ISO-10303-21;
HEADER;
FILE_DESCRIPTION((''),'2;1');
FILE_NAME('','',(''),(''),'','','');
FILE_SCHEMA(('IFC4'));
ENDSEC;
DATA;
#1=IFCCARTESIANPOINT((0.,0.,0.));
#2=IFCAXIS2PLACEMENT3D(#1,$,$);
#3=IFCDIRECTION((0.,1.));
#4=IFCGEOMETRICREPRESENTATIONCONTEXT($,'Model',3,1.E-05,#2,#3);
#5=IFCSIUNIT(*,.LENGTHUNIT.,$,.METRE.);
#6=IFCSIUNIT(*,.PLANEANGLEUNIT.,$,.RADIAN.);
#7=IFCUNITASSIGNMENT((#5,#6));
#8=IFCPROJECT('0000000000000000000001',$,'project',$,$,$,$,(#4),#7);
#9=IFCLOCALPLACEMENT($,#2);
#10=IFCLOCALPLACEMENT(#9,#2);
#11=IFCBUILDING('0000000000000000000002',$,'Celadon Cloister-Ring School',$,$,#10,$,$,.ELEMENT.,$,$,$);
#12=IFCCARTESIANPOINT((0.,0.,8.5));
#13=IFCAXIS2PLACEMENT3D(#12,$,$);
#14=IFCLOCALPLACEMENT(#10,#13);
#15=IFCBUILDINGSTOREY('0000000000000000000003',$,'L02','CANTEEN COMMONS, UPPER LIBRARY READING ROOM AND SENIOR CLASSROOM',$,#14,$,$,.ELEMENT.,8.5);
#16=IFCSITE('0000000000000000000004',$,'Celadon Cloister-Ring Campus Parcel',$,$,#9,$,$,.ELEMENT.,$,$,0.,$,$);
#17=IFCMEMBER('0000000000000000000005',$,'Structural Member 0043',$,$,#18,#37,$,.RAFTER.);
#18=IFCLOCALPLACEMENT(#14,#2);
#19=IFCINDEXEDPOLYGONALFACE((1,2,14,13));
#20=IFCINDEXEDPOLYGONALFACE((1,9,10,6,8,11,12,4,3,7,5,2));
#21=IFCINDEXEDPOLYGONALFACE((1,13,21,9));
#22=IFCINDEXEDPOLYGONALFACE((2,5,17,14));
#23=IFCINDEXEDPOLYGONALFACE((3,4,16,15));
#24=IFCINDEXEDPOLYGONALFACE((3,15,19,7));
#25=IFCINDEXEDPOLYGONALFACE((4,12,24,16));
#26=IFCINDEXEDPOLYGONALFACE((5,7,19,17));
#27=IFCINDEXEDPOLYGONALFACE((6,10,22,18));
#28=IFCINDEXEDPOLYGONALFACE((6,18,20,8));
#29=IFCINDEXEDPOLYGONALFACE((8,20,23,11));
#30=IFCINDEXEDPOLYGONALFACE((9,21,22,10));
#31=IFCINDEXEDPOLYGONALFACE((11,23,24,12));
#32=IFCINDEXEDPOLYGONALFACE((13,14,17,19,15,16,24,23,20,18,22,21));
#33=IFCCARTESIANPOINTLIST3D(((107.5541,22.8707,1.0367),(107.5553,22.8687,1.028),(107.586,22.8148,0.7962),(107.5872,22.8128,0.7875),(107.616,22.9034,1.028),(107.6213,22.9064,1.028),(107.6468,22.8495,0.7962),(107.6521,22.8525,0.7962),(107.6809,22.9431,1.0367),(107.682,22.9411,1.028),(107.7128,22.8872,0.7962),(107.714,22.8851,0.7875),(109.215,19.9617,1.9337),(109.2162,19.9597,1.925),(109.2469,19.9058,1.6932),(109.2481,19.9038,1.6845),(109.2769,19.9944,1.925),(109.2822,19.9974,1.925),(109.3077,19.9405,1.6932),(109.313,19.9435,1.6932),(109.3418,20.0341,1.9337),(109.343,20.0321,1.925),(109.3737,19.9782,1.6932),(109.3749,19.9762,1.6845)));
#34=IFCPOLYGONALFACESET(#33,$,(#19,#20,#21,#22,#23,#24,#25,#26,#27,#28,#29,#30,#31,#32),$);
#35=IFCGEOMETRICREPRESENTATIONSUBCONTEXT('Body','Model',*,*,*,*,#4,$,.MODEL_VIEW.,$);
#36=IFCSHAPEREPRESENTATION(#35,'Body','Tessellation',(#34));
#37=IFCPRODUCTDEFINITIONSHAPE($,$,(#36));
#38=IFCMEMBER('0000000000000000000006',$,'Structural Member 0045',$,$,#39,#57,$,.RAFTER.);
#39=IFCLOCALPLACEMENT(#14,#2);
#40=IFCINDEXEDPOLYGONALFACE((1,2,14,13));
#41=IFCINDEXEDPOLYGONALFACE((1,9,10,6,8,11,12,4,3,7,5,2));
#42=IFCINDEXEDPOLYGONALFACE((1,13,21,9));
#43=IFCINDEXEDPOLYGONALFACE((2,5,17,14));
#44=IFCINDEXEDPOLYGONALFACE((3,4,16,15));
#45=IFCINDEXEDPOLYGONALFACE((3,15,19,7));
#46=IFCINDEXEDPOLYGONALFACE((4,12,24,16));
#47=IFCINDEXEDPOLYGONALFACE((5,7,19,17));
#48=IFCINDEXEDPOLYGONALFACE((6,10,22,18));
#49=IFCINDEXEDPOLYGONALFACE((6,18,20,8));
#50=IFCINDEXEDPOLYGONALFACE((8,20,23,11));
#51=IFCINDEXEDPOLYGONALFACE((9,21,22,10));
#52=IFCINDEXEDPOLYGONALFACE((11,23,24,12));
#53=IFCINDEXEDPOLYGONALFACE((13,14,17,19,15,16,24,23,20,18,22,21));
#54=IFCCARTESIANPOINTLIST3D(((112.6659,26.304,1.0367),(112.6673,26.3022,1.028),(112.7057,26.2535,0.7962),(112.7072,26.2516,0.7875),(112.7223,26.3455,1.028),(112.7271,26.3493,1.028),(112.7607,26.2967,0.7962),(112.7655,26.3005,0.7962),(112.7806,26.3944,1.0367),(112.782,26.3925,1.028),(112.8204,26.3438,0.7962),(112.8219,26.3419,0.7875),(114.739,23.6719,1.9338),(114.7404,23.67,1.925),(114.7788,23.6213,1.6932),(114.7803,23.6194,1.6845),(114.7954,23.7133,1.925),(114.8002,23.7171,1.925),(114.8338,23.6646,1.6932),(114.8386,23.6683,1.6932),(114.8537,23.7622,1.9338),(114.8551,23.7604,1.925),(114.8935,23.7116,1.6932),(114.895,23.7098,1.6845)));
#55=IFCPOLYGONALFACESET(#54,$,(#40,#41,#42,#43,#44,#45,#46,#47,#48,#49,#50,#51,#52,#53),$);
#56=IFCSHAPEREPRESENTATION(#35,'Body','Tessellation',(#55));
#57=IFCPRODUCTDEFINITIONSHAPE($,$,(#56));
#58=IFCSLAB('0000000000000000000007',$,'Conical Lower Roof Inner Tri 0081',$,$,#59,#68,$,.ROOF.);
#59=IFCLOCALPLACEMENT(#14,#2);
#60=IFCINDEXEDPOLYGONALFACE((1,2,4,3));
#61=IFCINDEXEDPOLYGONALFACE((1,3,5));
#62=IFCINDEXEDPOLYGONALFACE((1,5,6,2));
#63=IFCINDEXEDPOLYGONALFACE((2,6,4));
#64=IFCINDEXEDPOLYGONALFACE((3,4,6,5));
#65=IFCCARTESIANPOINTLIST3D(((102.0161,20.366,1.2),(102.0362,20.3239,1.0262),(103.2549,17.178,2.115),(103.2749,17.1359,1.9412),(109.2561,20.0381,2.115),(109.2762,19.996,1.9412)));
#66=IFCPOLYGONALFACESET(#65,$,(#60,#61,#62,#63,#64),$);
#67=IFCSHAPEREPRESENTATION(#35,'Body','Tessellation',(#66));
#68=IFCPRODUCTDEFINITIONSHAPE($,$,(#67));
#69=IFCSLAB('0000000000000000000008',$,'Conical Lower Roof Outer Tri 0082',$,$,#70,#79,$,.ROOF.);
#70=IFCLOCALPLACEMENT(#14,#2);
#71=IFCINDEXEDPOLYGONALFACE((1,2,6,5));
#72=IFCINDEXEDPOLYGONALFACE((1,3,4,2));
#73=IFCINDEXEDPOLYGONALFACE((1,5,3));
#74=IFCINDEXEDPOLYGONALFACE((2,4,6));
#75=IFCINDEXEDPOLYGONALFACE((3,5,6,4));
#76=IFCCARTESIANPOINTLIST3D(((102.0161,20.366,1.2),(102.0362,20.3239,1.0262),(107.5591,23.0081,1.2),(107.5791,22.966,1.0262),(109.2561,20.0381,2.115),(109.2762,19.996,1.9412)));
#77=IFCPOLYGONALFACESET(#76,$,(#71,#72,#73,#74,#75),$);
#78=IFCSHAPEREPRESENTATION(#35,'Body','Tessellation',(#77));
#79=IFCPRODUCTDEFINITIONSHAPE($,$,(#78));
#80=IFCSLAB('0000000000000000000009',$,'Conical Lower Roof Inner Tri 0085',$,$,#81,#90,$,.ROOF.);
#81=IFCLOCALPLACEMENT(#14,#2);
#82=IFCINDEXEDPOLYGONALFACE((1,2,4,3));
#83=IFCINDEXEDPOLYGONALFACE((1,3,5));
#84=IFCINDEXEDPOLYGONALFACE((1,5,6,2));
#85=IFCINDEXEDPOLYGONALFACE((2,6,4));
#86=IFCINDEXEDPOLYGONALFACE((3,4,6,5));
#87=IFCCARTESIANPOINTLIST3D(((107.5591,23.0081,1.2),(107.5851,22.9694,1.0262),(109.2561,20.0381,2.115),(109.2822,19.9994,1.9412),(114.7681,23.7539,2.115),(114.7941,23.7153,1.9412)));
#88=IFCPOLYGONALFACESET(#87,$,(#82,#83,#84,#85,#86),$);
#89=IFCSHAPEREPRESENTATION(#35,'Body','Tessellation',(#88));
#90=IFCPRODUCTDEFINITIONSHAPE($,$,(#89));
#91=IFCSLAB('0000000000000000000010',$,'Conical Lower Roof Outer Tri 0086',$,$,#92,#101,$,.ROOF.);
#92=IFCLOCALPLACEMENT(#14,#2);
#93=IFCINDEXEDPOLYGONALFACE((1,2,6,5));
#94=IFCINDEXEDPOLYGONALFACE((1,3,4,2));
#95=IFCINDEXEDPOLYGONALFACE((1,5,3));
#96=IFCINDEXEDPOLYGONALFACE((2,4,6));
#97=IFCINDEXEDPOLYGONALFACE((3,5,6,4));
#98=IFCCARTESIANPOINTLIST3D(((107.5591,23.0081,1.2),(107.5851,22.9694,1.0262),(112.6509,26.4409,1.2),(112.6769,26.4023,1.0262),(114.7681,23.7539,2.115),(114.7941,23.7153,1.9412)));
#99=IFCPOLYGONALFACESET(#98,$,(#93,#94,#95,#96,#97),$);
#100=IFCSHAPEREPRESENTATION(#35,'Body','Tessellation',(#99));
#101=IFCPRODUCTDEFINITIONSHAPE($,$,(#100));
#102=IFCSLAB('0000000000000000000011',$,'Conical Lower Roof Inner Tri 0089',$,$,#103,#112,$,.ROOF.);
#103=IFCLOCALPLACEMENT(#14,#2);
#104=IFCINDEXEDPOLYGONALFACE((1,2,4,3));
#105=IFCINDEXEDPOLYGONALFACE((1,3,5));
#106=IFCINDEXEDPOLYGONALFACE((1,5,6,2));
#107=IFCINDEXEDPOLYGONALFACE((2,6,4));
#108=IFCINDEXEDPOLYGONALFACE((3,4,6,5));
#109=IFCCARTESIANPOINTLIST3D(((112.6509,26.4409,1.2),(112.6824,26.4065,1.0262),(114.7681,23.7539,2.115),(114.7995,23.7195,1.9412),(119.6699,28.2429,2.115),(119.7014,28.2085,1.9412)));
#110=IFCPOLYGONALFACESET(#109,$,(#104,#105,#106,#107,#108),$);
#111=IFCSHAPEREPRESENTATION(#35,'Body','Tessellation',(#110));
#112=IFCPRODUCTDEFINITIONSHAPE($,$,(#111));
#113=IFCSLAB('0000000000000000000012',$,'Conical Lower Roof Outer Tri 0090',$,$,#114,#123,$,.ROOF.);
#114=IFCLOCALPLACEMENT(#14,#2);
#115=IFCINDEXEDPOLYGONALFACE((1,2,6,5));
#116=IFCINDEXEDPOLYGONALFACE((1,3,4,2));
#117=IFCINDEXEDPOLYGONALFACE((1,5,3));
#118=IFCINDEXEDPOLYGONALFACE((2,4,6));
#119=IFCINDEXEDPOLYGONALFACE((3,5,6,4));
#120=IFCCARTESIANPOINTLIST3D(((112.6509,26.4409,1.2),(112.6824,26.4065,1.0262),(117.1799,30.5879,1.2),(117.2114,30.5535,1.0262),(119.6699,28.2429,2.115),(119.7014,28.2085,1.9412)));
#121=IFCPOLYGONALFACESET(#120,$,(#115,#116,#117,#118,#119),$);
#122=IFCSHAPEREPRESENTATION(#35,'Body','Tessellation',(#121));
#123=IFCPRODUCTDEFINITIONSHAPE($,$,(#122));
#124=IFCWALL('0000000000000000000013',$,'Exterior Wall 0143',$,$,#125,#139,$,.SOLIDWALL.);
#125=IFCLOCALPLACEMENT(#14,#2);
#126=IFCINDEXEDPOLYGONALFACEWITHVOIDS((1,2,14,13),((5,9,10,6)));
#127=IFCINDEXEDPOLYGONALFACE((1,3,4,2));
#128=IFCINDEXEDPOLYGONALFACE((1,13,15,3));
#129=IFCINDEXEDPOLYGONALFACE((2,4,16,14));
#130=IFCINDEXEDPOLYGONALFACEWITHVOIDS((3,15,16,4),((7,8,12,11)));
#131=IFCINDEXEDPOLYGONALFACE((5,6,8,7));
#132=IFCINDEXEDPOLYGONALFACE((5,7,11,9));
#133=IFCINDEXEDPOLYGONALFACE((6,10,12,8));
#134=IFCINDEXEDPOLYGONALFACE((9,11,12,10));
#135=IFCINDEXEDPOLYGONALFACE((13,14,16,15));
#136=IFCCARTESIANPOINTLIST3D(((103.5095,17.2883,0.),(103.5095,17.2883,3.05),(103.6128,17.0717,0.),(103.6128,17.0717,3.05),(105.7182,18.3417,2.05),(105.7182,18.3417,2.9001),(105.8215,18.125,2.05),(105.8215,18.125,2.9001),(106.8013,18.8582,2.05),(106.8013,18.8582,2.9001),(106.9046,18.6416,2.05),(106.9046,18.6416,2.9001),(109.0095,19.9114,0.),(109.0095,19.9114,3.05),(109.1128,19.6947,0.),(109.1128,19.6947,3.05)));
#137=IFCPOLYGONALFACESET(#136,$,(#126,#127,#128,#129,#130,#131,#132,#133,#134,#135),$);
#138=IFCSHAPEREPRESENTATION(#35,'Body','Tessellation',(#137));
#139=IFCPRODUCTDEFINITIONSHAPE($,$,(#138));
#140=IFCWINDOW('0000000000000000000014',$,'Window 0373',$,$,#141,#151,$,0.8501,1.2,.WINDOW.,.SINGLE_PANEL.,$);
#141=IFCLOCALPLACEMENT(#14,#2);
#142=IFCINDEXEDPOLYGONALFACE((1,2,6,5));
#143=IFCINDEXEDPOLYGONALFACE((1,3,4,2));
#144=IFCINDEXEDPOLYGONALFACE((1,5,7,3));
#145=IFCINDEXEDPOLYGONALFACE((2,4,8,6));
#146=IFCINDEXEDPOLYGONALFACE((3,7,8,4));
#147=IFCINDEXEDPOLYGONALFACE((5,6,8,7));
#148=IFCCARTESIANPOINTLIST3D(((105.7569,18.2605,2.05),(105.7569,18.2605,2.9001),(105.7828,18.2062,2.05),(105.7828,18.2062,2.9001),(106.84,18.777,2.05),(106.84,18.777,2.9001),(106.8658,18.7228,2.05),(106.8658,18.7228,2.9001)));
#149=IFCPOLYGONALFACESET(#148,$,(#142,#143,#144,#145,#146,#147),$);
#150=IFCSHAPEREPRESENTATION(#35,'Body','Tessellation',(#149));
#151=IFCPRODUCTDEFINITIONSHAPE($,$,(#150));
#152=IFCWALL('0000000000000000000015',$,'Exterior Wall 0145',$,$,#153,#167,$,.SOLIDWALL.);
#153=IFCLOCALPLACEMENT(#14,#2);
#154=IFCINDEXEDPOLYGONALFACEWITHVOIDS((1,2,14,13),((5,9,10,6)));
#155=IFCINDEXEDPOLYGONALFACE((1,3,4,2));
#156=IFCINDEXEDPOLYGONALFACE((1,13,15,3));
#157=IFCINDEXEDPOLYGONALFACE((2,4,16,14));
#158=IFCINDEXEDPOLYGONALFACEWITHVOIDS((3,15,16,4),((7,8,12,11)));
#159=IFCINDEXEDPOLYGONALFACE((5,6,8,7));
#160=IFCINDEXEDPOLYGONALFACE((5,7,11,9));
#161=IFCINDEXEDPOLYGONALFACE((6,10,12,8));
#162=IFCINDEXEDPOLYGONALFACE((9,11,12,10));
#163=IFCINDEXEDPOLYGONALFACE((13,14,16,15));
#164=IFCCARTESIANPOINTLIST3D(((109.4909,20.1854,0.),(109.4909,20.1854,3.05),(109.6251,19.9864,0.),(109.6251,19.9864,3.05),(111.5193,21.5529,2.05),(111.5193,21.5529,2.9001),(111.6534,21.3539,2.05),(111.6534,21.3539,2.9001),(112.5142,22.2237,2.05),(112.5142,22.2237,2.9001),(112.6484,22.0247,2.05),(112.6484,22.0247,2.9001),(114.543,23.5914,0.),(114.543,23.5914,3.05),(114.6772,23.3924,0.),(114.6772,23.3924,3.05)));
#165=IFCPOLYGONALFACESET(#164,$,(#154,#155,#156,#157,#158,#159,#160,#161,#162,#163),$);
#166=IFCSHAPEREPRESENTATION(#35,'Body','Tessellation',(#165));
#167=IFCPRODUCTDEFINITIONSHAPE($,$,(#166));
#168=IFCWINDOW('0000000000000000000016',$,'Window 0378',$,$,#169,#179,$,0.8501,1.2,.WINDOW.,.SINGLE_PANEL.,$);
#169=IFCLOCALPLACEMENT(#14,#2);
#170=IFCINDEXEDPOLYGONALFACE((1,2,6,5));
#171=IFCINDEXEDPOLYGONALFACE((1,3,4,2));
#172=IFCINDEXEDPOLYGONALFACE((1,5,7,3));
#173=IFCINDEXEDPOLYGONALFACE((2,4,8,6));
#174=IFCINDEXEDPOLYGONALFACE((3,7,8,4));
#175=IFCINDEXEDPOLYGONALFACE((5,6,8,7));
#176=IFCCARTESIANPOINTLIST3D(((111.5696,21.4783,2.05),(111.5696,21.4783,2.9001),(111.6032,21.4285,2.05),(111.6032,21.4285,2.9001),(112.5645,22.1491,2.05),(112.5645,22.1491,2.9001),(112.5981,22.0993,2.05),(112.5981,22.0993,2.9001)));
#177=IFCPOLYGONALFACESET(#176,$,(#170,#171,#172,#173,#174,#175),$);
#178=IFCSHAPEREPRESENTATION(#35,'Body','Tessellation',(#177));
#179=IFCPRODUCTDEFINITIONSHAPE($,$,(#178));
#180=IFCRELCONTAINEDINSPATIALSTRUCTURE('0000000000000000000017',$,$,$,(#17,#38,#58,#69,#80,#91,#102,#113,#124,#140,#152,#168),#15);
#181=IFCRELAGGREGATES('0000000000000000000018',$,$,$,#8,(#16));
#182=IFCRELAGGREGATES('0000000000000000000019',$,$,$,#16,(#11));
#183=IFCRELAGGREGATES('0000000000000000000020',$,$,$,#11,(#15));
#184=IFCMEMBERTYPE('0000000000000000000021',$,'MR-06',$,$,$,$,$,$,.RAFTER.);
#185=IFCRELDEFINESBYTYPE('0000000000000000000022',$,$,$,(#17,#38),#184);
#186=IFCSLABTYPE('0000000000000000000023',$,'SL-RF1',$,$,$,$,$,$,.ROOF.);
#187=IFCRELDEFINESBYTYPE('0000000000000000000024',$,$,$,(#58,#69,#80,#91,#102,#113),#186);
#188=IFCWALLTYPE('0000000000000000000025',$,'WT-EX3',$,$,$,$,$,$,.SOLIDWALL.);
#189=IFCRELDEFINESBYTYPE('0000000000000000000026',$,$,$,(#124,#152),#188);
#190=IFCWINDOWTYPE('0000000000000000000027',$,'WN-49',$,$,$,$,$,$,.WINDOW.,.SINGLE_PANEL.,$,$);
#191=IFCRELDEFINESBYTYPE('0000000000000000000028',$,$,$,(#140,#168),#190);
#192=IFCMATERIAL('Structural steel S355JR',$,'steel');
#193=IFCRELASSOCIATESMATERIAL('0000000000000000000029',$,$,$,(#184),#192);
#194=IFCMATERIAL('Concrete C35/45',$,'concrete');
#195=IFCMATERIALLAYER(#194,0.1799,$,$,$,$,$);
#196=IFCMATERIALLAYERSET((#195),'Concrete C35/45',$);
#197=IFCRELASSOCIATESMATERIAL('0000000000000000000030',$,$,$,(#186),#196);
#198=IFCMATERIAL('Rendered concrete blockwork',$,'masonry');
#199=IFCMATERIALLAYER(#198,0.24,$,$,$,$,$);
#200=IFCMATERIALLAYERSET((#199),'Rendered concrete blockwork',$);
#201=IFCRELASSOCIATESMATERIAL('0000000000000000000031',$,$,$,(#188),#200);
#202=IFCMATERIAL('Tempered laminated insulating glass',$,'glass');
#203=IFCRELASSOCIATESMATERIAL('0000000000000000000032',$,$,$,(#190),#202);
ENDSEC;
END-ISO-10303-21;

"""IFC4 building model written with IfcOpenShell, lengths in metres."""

from ifc_helpers import new_model, si_unit, direction, frame, frame_2d, origin, origin_2d, place, context, subcontext, project, spatial, polyline, rectangle, i_section, outline, extrude, material, layer, layer_set, material_profile, profile_set, type_object, element, fill, save


model = new_model("IFC4")

# Units and contexts
model_context = context("Model", 3, precision=1e-05, world=origin(), true_north=direction((0.0, 1.0)))
body_context = subcontext(model_context, "Body", "Model", "MODEL_VIEW")
ifc_project = project(units=[si_unit("LENGTHUNIT", "METRE"), si_unit("PLANEANGLEUNIT", "RADIAN")], contexts=[model_context])

# Site, building, storey
site_placement = place(None, origin())
site = spatial("IfcSite", under=ifc_project, at=site_placement, Name="Celadon Cloister-Ring Campus Parcel", CompositionType="ELEMENT", RefElevation=0.0)
building_placement = place(site_placement, origin())
building = spatial("IfcBuilding", under=site, at=building_placement, Name="Celadon Cloister-Ring School", CompositionType="ELEMENT")
storey_placement = place(building_placement, frame((0.0, 0.0, 8.5)))
storey = spatial("IfcBuildingStorey", under=building, at=storey_placement, Name="L02", Description="CANTEEN COMMONS, UPPER LIBRARY READING ROOM AND SENIOR CLASSROOM", CompositionType="ELEMENT", Elevation=8.5)

# Members
ifc_material_1 = material(Name="Structural steel S355JR", Category="steel")
ifc_material_profile_1 = material_profile(ifc_material_1, i_section(OverallWidth=0.146, OverallDepth=0.2581, WebThickness=0.0061, FlangeThickness=0.009, at=origin_2d()), Name="W250X33")
ifc_profile_set_1 = profile_set([ifc_material_profile_1], Name="Structural steel S355JR")
member_type_1 = type_object("IfcMemberType", Name="MR-06", PredefinedType="RAFTER", material=ifc_profile_set_1)
member_1_placement = place(storey_placement, frame((107.634, 22.8779, 0.9121), z_axis=(0.478958, -0.838863, 0.258664), x_axis=(0.868418, 0.495833, 0.0)))
element("IfcMember", 1, at=member_1_placement, inside=storey, type_object=member_type_1, Name="Structural Member 0043", PredefinedType="RAFTER", context=body_context, shape_type="SweptSolid", body=[
    extrude(i_section(OverallWidth=0.146, OverallDepth=0.2581, WebThickness=0.0061, FlangeThickness=0.009, at=origin_2d()), origin(), (0.0, 0.0, 1.0), 3.4678),
])
member_2_placement = place(storey_placement, frame((112.7439, 26.323, 0.9121), z_axis=(0.597683, -0.758877, 0.258614), x_axis=(0.785602, 0.618732, 0.0)))
element("IfcMember", 2, at=member_2_placement, inside=storey, type_object=member_type_1, Name="Structural Member 0045", PredefinedType="RAFTER", context=body_context, shape_type="SweptSolid", body=[
    extrude(i_section(OverallWidth=0.146, OverallDepth=0.2581, WebThickness=0.0061, FlangeThickness=0.009, at=origin_2d()), origin(), (0.0, 0.0, 1.0), 3.4685),
])

# Slabs
ifc_material_2 = material(Name="Concrete C35/45", Category="concrete")
ifc_layer_1 = layer(ifc_material_2, 0.1799)
ifc_layer_set_1 = layer_set([ifc_layer_1], Name="Concrete C35/45")
slab_type = type_object("IfcSlabType", Name="SL-RF1", PredefinedType="ROOF", material=ifc_layer_set_1)
slab_1_placement = place(storey_placement, frame((102.0161, 20.366, 1.2), z_axis=(-0.111477, 0.233907, 0.965847), x_axis=(0.349886, -0.900435, 0.258449)))
element("IfcSlab", 3, at=slab_1_placement, inside=storey, type_object=slab_type, Name="Conical Lower Roof Inner Tri 0081", PredefinedType="ROOF", context=body_context, shape_type="SweptSolid", body=[
    extrude(outline(polyline([(0.0, 0.0), (3.5405, 0.0), (3.0649, 6.6309), (0.0, 0.0)])), origin(), (0.0, 0.0, -1.0), 0.1799),
])
slab_2_placement = place(storey_placement, frame((102.0161, 20.366, 1.2), z_axis=(-0.111479, 0.233878, 0.965854), x_axis=(0.991108, -0.044885, 0.125263)))
element("IfcSlab", 4, at=slab_2_placement, inside=storey, type_object=slab_type, Name="Conical Lower Roof Outer Tri 0082", PredefinedType="ROOF", context=body_context, shape_type="SweptSolid", body=[
    extrude(outline(polyline([(0.0, 0.0), (7.3049, 0.0), (5.3751, 2.9688), (0.0, 0.0)])), origin(), (0.0, 0.0, -1.0), 0.1799),
])
slab_3_placement = place(storey_placement, frame((107.5591, 23.0081, 1.2), z_axis=(-0.144823, 0.214826, 0.965855), x_axis=(0.479264, -0.838764, 0.258421)))
element("IfcSlab", 5, at=slab_3_placement, inside=storey, type_object=slab_type, Name="Conical Lower Roof Inner Tri 0085", PredefinedType="ROOF", context=body_context, shape_type="SweptSolid", body=[
    extrude(outline(polyline([(0.0, 0.0), (3.5409, 0.0), (3.0659, 6.6305), (0.0, 0.0)])), origin(), (0.0, 0.0, -1.0), 0.1799),
])
slab_4_placement = place(storey_placement, frame((107.5591, 23.0081, 1.2), z_axis=(-0.144821, 0.214806, 0.96586), x_axis=(0.986856, 0.102101, 0.125262)))
element("IfcSlab", 6, at=slab_4_placement, inside=storey, type_object=slab_type, Name="Conical Lower Roof Outer Tri 0086", PredefinedType="ROOF", context=body_context, shape_type="SweptSolid", body=[
    extrude(outline(polyline([(0.0, 0.0), (7.305, 0.0), (5.3754, 2.9692), (0.0, 0.0)])), origin(), (0.0, 0.0, -1.0), 0.1799),
])
slab_5_placement = place(storey_placement, frame((112.6509, 26.4409, 1.2), z_axis=(-0.174964, 0.191055, 0.96586), x_axis=(0.59788, -0.758794, 0.258401)))
element("IfcSlab", 7, at=slab_5_placement, inside=storey, type_object=slab_type, Name="Conical Lower Roof Inner Tri 0089", PredefinedType="ROOF", context=body_context, shape_type="SweptSolid", body=[
    extrude(outline(polyline([(0.0, 0.0), (3.5412, 0.0), (3.0656, 6.6297), (0.0, 0.0)])), origin(), (0.0, 0.0, -1.0), 0.1799),
])
slab_6_placement = place(storey_placement, frame((112.6509, 26.4409, 1.2), z_axis=(-0.174973, 0.191094, 0.965851), x_axis=(0.960959, 0.246707, 0.125276)))
element("IfcSlab", 8, at=slab_6_placement, inside=storey, type_object=slab_type, Name="Conical Lower Roof Outer Tri 0090", PredefinedType="ROOF", context=body_context, shape_type="SweptSolid", body=[
    extrude(outline(polyline([(0.0, 0.0), (7.3042, 0.0), (5.3753, 2.9691), (0.0, 0.0)])), origin(), (0.0, 0.0, -1.0), 0.1799),
])

# Walls, openings, windows
ifc_material_3 = material(Name="Rendered concrete blockwork", Category="masonry")
ifc_layer_2 = layer(ifc_material_3, 0.24)
ifc_layer_set_2 = layer_set([ifc_layer_2], Name="Rendered concrete blockwork")
wall_type_1 = type_object("IfcWallType", Name="WT-EX3", PredefinedType="SOLIDWALL", material=ifc_layer_set_2)
wall_1_placement = place(storey_placement, frame((103.561, 17.1799, 0.0), z_axis=(0.0, 0.0, 1.0), x_axis=(0.902606, 0.430469, 0.0)))
wall_1 = element("IfcWall", 9, at=wall_1_placement, inside=storey, type_object=wall_type_1, Name="Exterior Wall 0143", PredefinedType="SOLIDWALL", context=body_context, shape_type="SweptSolid", body=[
    extrude(rectangle(XDim=6.0935, YDim=0.24, at=frame_2d((3.0469, 0.0))), origin(), (0.0, 0.0, 1.0), 3.05),
])
opening_1_placement = place(wall_1_placement, frame((2.447, 0.0, 2.05)))
opening_1 = element("IfcOpeningElement", 10, at=opening_1_placement, cuts=wall_1, PredefinedType="OPENING", context=body_context, shape_type="SweptSolid", body=[
    extrude(rectangle(XDim=1.2, YDim=0.8501, at=frame_2d((0.6001, 0.425))), frame((0.0, 0.1299, 0.0), z_axis=(0.0, -1.0, 0.0), x_axis=(1.0, 0.0, 0.0)), (0.0, 0.0, 1.0), 0.26),
])
ifc_material_4 = material(Name="Tempered laminated insulating glass", Category="glass")
window_type = type_object("IfcWindowType", Name="WN-49", PartitioningType="SINGLE_PANEL", PredefinedType="WINDOW", material=ifc_material_4)
window_1_placement = place(opening_1_placement, origin())
window_1 = element("IfcWindow", 11, at=window_1_placement, inside=storey, type_object=window_type, Name="Window 0373", OverallHeight=0.8501, OverallWidth=1.2, PartitioningType="SINGLE_PANEL", PredefinedType="WINDOW", context=body_context, shape_type="SweptSolid", body=[
    extrude(rectangle(XDim=1.2, YDim=0.8501, at=frame_2d((0.6001, 0.425))), frame((0.0, 0.03, 0.0), z_axis=(0.0, -1.0, 0.0), x_axis=(1.0, 0.0, 0.0)), (0.0, 0.0, 1.0), 0.0601),
])
fill(opening_1, window_1)
wall_2_placement = place(storey_placement, frame((109.5581, 20.0859, 0.0), z_axis=(0.0, 0.0, 1.0), x_axis=(0.82916, 0.559011, 0.0)))
wall_2 = element("IfcWall", 12, at=wall_2_placement, inside=storey, type_object=wall_type_1, Name="Exterior Wall 0145", PredefinedType="SOLIDWALL", context=body_context, shape_type="SweptSolid", body=[
    extrude(rectangle(XDim=6.093, YDim=0.24, at=frame_2d((3.0464, 0.0))), origin(), (0.0, 0.0, 1.0), 3.05),
])
opening_2_placement = place(wall_2_placement, frame((2.446, 0.0, 2.05)))
opening_2 = element("IfcOpeningElement", 13, at=opening_2_placement, cuts=wall_2, PredefinedType="OPENING", context=body_context, shape_type="SweptSolid", body=[
    extrude(rectangle(XDim=1.2, YDim=0.8501, at=frame_2d((0.6001, 0.425))), frame((0.0, 0.1299, 0.0), z_axis=(0.0, -1.0, 0.0), x_axis=(1.0, 0.0, 0.0)), (0.0, 0.0, 1.0), 0.26),
])
window_2_placement = place(opening_2_placement, origin())
window_2 = element("IfcWindow", 14, at=window_2_placement, inside=storey, type_object=window_type, Name="Window 0378", OverallHeight=0.8501, OverallWidth=1.2, PartitioningType="SINGLE_PANEL", PredefinedType="WINDOW", context=body_context, shape_type="SweptSolid", body=[
    extrude(rectangle(XDim=1.2, YDim=0.8501, at=frame_2d((0.6001, 0.425))), frame((0.0, 0.03, 0.0), z_axis=(0.0, -1.0, 0.0), x_axis=(1.0, 0.0, 0.0)), (0.0, 0.0, 1.0), 0.0601),
])
fill(opening_2, window_2)

save(model, "model.ifc")
